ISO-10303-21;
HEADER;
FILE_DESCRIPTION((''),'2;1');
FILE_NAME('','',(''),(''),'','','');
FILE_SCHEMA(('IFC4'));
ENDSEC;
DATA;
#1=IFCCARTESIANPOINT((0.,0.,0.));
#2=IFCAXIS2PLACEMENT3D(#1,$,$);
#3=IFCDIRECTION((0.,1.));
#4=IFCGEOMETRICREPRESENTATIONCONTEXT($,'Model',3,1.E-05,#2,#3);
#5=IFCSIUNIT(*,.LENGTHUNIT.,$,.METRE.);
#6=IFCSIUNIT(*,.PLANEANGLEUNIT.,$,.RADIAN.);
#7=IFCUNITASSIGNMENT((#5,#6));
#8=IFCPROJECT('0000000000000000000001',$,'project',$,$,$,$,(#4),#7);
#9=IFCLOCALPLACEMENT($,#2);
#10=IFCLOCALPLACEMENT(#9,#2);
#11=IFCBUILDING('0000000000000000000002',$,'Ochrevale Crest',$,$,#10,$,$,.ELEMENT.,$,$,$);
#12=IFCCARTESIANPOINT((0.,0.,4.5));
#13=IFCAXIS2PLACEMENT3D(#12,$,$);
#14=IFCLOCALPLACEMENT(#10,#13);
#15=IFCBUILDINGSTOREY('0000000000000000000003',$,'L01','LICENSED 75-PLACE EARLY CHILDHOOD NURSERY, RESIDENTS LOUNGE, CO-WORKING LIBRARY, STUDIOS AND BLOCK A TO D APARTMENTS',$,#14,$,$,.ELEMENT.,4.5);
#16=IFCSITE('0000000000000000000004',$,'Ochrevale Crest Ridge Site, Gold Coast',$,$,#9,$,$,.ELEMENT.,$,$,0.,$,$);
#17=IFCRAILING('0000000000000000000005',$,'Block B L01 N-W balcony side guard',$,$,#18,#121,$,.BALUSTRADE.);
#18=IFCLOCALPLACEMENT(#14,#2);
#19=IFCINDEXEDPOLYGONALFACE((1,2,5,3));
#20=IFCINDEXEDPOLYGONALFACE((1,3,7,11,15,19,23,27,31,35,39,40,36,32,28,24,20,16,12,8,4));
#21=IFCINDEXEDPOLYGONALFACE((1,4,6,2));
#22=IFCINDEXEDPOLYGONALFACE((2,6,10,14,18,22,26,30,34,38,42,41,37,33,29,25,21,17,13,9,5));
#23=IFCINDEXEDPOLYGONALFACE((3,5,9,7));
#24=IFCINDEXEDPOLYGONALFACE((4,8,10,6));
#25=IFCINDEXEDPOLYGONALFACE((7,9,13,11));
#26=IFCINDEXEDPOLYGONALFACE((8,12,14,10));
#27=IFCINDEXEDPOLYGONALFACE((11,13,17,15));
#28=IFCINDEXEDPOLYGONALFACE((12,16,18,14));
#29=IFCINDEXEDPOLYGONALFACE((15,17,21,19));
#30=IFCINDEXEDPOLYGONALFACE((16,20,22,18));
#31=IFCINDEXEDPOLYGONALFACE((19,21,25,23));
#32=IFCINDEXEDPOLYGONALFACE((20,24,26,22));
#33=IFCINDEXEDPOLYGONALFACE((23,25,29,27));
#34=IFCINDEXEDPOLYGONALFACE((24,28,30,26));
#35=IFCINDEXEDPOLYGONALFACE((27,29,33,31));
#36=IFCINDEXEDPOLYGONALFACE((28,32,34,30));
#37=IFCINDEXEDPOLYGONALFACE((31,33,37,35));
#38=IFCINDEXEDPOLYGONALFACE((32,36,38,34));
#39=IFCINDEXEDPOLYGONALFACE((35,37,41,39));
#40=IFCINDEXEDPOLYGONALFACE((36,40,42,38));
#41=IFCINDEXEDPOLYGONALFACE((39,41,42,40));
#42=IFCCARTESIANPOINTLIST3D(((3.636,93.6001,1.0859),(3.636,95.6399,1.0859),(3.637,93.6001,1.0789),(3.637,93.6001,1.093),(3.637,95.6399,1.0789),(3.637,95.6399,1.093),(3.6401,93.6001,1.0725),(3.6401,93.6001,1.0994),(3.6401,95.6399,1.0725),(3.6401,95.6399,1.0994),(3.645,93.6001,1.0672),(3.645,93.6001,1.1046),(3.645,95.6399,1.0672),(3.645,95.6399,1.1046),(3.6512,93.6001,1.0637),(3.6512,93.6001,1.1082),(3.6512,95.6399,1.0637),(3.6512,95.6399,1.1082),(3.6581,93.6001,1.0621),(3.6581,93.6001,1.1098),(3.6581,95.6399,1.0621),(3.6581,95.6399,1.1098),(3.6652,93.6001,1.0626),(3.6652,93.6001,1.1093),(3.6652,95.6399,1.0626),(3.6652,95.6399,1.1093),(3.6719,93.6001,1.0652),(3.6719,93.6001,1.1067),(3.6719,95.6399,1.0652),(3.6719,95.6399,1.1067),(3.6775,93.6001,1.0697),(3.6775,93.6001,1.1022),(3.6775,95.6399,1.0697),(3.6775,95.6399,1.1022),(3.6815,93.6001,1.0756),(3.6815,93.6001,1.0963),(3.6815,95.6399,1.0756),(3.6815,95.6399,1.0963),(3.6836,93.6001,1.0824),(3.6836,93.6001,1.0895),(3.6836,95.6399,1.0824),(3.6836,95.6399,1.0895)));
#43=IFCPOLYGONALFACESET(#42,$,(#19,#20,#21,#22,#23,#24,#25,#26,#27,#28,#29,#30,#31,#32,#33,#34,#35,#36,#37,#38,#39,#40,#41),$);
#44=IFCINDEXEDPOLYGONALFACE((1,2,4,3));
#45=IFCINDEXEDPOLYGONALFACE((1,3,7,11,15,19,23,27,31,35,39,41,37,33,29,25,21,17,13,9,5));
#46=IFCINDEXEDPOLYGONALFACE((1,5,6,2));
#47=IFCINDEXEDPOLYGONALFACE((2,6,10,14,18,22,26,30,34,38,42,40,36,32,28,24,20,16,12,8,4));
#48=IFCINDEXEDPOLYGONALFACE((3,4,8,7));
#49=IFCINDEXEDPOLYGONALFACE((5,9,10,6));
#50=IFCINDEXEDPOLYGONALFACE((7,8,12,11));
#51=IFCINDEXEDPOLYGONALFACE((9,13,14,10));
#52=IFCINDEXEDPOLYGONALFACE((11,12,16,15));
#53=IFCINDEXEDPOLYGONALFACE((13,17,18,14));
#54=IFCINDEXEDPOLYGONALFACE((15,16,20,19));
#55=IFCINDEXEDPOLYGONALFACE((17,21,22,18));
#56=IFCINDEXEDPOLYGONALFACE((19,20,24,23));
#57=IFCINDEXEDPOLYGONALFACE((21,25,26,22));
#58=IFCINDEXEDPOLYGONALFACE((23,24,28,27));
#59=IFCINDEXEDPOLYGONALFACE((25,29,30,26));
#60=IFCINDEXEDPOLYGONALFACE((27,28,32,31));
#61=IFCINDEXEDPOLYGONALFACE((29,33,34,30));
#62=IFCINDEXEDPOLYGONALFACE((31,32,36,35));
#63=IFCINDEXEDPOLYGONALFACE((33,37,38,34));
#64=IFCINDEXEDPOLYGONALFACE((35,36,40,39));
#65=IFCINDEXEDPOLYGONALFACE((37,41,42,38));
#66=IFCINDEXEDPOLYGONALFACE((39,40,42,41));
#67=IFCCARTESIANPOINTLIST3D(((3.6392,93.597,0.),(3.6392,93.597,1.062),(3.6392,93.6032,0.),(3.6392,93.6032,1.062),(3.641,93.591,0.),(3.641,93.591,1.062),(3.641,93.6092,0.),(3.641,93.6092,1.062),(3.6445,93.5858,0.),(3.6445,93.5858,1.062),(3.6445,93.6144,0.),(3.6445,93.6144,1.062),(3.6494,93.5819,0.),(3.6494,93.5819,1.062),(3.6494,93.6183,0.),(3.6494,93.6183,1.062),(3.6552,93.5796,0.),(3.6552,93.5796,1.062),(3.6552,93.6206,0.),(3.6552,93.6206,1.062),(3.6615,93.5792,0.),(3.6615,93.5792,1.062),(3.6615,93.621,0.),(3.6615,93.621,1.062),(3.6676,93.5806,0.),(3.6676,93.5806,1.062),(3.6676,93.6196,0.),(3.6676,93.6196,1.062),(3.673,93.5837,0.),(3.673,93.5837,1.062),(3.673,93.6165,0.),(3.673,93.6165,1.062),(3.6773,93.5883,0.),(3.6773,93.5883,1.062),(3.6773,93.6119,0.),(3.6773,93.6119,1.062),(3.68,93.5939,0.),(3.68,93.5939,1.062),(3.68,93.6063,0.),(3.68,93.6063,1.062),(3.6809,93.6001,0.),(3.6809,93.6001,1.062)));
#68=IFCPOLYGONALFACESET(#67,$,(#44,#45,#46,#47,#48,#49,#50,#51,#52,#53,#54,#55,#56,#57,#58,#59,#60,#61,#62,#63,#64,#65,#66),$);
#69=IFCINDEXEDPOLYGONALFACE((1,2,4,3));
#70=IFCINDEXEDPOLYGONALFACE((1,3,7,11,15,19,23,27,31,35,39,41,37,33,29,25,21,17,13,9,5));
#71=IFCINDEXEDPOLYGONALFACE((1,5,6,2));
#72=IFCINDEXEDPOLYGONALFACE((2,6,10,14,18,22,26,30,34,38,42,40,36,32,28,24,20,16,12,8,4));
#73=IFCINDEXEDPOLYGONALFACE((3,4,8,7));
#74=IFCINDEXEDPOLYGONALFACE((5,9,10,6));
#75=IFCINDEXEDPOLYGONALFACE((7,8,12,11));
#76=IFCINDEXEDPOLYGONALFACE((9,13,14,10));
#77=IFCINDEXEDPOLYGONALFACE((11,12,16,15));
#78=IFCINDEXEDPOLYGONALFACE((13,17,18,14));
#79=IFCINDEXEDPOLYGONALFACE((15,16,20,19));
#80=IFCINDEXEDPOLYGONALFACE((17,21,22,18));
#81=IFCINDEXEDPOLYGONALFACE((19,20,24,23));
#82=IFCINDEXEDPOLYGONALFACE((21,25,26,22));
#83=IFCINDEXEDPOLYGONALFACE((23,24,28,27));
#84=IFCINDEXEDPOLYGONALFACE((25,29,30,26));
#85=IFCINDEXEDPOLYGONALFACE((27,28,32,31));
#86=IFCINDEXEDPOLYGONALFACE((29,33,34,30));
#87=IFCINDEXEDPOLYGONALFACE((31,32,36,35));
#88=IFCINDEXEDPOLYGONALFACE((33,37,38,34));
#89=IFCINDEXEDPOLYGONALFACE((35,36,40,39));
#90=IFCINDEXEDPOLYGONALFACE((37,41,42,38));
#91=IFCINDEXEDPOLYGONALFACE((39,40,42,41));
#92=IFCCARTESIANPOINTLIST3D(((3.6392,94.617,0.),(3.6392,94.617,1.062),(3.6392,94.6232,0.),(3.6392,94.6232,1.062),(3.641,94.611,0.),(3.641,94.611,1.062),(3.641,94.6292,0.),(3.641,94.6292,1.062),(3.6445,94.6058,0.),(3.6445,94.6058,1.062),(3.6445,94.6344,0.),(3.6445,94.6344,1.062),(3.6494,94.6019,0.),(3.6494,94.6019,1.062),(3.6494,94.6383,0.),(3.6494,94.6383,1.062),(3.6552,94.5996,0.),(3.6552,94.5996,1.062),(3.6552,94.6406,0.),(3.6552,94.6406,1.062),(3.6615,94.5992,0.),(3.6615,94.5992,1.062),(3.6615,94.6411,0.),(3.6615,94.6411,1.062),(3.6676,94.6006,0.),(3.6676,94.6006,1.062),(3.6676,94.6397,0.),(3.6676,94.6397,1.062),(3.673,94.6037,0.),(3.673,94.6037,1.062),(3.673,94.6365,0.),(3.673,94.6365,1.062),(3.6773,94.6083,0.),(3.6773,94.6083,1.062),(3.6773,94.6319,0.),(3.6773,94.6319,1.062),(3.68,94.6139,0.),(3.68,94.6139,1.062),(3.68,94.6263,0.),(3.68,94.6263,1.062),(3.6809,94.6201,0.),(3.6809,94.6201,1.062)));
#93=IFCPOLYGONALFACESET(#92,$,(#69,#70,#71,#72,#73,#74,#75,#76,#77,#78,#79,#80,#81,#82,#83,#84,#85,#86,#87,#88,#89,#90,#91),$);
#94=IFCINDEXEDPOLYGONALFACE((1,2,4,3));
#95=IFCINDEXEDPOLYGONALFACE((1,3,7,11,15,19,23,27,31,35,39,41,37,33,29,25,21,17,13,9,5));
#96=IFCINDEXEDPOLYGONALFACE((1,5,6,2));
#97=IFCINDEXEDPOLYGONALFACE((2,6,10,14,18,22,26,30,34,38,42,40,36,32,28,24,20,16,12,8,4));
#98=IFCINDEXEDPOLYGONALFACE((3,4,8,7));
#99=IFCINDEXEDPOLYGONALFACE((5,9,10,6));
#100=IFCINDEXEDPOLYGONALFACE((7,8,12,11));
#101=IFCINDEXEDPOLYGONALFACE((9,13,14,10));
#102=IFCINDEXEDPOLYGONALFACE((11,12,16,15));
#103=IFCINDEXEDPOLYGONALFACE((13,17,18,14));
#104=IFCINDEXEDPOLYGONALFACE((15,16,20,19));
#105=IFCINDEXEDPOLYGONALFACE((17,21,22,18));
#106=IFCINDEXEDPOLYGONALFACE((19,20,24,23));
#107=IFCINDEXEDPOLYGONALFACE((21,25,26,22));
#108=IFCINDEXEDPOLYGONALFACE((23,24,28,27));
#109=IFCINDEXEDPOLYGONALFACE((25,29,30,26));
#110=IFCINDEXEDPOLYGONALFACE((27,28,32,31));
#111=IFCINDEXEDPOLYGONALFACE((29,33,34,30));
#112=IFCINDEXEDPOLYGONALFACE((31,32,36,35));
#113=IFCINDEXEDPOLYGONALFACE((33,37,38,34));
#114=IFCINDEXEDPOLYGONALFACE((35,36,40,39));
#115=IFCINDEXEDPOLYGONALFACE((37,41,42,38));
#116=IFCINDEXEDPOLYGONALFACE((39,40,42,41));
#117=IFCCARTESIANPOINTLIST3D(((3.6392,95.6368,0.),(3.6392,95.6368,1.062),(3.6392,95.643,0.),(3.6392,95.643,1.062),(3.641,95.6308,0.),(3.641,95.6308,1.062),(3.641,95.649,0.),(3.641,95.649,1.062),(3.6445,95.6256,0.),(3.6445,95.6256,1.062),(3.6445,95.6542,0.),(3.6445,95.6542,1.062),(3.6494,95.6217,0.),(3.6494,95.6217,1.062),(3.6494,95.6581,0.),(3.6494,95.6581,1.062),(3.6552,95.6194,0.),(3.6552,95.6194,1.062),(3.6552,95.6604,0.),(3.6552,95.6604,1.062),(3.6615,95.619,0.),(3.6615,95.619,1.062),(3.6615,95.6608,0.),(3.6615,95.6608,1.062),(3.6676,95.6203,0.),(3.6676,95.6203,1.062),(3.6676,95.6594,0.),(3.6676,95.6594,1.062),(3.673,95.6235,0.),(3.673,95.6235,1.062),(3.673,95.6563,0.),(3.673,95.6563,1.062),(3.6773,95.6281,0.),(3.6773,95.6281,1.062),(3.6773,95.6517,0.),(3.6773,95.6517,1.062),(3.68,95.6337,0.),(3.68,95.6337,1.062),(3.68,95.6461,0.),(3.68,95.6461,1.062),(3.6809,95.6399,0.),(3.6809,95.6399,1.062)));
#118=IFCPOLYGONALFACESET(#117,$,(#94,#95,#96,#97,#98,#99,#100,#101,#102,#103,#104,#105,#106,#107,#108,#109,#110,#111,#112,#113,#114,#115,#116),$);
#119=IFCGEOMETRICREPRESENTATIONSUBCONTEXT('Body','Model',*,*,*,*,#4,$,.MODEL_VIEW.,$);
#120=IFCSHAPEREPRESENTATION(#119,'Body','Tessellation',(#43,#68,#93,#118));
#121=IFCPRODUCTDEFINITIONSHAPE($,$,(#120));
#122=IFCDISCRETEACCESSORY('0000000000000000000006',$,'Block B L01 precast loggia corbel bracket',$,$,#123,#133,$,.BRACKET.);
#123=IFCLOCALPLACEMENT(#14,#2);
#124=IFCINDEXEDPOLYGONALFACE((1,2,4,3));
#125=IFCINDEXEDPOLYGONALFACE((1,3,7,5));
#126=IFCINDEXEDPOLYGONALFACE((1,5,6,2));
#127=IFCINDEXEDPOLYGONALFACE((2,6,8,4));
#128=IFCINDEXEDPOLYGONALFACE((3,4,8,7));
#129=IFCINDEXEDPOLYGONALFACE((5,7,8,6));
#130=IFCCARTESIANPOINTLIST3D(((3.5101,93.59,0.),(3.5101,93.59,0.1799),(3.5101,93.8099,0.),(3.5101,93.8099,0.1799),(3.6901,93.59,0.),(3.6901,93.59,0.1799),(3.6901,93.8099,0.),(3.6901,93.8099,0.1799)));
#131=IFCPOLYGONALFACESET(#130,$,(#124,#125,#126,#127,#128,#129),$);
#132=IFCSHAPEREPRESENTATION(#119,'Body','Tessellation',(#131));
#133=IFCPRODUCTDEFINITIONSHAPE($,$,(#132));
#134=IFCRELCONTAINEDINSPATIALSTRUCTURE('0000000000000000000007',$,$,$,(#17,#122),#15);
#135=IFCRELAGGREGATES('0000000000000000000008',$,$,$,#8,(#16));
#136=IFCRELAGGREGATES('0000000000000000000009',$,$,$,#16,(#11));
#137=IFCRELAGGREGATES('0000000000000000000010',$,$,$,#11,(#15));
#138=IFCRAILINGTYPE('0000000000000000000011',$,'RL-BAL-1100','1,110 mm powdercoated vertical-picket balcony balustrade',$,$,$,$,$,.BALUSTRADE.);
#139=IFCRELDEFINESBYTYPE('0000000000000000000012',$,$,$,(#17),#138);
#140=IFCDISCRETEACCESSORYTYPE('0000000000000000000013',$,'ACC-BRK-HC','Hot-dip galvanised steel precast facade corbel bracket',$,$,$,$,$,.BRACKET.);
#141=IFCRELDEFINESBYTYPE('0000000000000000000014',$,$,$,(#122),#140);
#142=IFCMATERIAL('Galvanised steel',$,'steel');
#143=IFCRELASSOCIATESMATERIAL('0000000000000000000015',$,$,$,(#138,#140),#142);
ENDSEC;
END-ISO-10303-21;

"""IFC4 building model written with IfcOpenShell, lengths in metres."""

from ifc_helpers import new_model, si_unit, direction, frame, origin, origin_2d, place, context, subcontext, project, spatial, rectangle, circle, extrude, material, type_object, element, save


model = new_model("IFC4")

# Units and contexts
model_context = context("Model", 3, precision=1e-05, world=origin(), true_north=direction((0.0, 1.0)))
body_context = subcontext(model_context, "Body", "Model", "MODEL_VIEW")
ifc_project = project(units=[si_unit("LENGTHUNIT", "METRE"), si_unit("PLANEANGLEUNIT", "RADIAN")], contexts=[model_context])

# Site, building, storey
site_placement = place(None, origin())
site = spatial("IfcSite", under=ifc_project, at=site_placement, Name="Ochrevale Crest Ridge Site, Gold Coast", CompositionType="ELEMENT", RefElevation=0.0)
building_placement = place(site_placement, origin())
building = spatial("IfcBuilding", under=site, at=building_placement, Name="Ochrevale Crest", CompositionType="ELEMENT")
storey_placement = place(building_placement, frame((0.0, 0.0, 4.5)))
storey = spatial("IfcBuildingStorey", under=building, at=storey_placement, Name="L01", Description="LICENSED 75-PLACE EARLY CHILDHOOD NURSERY, RESIDENTS LOUNGE, CO-WORKING LIBRARY, STUDIOS AND BLOCK A TO D APARTMENTS", CompositionType="ELEMENT", Elevation=4.5)

# Railing
ifc_material_1 = material(Name="Galvanised steel", Category="steel")
railing_type = type_object("IfcRailingType", Name="RL-BAL-1100", Description="1,110 mm powdercoated vertical-picket balcony balustrade", PredefinedType="BALUSTRADE", material=ifc_material_1)
railing_1_placement = place(storey_placement, frame((3.6599, 93.6001, 0.0)))
element("IfcRailing", 1, at=railing_1_placement, inside=storey, type_object=railing_type, Name="Block B L01 N-W balcony side guard", PredefinedType="BALUSTRADE", context=body_context, shape_type="SweptSolid", body=[
    extrude(circle(Radius=0.0239, at=origin_2d()), frame((0.0, 0.0, 1.0859), z_axis=(0.0, 1.0, 0.0), x_axis=(-1.0, 0.0, 0.0)), (0.0, 0.0, 1.0), 2.0398),
    extrude(circle(Radius=0.021, at=origin_2d()), origin(), (0.0, 0.0, 1.0), 1.062),
    extrude(circle(Radius=0.021, at=origin_2d()), frame((0.0, 1.02, 0.0)), (0.0, 0.0, 1.0), 1.062),
    extrude(circle(Radius=0.021, at=origin_2d()), frame((0.0, 2.0398, 0.0)), (0.0, 0.0, 1.0), 1.062),
])

# Discrete accessory
discrete_accessory_type = type_object("IfcDiscreteAccessoryType", Name="ACC-BRK-HC", Description="Hot-dip galvanised steel precast facade corbel bracket", PredefinedType="BRACKET", material=ifc_material_1)
discrete_accessory_placement = place(storey_placement, frame((3.6001, 93.7, 0.0), z_axis=(0.0, 0.0, 1.0), x_axis=(1.0, 0.0, 0.0)))
element("IfcDiscreteAccessory", 2, at=discrete_accessory_placement, inside=storey, type_object=discrete_accessory_type, Name="Block B L01 precast loggia corbel bracket", PredefinedType="BRACKET", context=body_context, shape_type="SweptSolid", body=[
    extrude(rectangle(XDim=0.1799, YDim=0.22, at=origin_2d()), origin(), (0.0, 0.0, 1.0), 0.1799),
])

save(model, "model.ifc")
